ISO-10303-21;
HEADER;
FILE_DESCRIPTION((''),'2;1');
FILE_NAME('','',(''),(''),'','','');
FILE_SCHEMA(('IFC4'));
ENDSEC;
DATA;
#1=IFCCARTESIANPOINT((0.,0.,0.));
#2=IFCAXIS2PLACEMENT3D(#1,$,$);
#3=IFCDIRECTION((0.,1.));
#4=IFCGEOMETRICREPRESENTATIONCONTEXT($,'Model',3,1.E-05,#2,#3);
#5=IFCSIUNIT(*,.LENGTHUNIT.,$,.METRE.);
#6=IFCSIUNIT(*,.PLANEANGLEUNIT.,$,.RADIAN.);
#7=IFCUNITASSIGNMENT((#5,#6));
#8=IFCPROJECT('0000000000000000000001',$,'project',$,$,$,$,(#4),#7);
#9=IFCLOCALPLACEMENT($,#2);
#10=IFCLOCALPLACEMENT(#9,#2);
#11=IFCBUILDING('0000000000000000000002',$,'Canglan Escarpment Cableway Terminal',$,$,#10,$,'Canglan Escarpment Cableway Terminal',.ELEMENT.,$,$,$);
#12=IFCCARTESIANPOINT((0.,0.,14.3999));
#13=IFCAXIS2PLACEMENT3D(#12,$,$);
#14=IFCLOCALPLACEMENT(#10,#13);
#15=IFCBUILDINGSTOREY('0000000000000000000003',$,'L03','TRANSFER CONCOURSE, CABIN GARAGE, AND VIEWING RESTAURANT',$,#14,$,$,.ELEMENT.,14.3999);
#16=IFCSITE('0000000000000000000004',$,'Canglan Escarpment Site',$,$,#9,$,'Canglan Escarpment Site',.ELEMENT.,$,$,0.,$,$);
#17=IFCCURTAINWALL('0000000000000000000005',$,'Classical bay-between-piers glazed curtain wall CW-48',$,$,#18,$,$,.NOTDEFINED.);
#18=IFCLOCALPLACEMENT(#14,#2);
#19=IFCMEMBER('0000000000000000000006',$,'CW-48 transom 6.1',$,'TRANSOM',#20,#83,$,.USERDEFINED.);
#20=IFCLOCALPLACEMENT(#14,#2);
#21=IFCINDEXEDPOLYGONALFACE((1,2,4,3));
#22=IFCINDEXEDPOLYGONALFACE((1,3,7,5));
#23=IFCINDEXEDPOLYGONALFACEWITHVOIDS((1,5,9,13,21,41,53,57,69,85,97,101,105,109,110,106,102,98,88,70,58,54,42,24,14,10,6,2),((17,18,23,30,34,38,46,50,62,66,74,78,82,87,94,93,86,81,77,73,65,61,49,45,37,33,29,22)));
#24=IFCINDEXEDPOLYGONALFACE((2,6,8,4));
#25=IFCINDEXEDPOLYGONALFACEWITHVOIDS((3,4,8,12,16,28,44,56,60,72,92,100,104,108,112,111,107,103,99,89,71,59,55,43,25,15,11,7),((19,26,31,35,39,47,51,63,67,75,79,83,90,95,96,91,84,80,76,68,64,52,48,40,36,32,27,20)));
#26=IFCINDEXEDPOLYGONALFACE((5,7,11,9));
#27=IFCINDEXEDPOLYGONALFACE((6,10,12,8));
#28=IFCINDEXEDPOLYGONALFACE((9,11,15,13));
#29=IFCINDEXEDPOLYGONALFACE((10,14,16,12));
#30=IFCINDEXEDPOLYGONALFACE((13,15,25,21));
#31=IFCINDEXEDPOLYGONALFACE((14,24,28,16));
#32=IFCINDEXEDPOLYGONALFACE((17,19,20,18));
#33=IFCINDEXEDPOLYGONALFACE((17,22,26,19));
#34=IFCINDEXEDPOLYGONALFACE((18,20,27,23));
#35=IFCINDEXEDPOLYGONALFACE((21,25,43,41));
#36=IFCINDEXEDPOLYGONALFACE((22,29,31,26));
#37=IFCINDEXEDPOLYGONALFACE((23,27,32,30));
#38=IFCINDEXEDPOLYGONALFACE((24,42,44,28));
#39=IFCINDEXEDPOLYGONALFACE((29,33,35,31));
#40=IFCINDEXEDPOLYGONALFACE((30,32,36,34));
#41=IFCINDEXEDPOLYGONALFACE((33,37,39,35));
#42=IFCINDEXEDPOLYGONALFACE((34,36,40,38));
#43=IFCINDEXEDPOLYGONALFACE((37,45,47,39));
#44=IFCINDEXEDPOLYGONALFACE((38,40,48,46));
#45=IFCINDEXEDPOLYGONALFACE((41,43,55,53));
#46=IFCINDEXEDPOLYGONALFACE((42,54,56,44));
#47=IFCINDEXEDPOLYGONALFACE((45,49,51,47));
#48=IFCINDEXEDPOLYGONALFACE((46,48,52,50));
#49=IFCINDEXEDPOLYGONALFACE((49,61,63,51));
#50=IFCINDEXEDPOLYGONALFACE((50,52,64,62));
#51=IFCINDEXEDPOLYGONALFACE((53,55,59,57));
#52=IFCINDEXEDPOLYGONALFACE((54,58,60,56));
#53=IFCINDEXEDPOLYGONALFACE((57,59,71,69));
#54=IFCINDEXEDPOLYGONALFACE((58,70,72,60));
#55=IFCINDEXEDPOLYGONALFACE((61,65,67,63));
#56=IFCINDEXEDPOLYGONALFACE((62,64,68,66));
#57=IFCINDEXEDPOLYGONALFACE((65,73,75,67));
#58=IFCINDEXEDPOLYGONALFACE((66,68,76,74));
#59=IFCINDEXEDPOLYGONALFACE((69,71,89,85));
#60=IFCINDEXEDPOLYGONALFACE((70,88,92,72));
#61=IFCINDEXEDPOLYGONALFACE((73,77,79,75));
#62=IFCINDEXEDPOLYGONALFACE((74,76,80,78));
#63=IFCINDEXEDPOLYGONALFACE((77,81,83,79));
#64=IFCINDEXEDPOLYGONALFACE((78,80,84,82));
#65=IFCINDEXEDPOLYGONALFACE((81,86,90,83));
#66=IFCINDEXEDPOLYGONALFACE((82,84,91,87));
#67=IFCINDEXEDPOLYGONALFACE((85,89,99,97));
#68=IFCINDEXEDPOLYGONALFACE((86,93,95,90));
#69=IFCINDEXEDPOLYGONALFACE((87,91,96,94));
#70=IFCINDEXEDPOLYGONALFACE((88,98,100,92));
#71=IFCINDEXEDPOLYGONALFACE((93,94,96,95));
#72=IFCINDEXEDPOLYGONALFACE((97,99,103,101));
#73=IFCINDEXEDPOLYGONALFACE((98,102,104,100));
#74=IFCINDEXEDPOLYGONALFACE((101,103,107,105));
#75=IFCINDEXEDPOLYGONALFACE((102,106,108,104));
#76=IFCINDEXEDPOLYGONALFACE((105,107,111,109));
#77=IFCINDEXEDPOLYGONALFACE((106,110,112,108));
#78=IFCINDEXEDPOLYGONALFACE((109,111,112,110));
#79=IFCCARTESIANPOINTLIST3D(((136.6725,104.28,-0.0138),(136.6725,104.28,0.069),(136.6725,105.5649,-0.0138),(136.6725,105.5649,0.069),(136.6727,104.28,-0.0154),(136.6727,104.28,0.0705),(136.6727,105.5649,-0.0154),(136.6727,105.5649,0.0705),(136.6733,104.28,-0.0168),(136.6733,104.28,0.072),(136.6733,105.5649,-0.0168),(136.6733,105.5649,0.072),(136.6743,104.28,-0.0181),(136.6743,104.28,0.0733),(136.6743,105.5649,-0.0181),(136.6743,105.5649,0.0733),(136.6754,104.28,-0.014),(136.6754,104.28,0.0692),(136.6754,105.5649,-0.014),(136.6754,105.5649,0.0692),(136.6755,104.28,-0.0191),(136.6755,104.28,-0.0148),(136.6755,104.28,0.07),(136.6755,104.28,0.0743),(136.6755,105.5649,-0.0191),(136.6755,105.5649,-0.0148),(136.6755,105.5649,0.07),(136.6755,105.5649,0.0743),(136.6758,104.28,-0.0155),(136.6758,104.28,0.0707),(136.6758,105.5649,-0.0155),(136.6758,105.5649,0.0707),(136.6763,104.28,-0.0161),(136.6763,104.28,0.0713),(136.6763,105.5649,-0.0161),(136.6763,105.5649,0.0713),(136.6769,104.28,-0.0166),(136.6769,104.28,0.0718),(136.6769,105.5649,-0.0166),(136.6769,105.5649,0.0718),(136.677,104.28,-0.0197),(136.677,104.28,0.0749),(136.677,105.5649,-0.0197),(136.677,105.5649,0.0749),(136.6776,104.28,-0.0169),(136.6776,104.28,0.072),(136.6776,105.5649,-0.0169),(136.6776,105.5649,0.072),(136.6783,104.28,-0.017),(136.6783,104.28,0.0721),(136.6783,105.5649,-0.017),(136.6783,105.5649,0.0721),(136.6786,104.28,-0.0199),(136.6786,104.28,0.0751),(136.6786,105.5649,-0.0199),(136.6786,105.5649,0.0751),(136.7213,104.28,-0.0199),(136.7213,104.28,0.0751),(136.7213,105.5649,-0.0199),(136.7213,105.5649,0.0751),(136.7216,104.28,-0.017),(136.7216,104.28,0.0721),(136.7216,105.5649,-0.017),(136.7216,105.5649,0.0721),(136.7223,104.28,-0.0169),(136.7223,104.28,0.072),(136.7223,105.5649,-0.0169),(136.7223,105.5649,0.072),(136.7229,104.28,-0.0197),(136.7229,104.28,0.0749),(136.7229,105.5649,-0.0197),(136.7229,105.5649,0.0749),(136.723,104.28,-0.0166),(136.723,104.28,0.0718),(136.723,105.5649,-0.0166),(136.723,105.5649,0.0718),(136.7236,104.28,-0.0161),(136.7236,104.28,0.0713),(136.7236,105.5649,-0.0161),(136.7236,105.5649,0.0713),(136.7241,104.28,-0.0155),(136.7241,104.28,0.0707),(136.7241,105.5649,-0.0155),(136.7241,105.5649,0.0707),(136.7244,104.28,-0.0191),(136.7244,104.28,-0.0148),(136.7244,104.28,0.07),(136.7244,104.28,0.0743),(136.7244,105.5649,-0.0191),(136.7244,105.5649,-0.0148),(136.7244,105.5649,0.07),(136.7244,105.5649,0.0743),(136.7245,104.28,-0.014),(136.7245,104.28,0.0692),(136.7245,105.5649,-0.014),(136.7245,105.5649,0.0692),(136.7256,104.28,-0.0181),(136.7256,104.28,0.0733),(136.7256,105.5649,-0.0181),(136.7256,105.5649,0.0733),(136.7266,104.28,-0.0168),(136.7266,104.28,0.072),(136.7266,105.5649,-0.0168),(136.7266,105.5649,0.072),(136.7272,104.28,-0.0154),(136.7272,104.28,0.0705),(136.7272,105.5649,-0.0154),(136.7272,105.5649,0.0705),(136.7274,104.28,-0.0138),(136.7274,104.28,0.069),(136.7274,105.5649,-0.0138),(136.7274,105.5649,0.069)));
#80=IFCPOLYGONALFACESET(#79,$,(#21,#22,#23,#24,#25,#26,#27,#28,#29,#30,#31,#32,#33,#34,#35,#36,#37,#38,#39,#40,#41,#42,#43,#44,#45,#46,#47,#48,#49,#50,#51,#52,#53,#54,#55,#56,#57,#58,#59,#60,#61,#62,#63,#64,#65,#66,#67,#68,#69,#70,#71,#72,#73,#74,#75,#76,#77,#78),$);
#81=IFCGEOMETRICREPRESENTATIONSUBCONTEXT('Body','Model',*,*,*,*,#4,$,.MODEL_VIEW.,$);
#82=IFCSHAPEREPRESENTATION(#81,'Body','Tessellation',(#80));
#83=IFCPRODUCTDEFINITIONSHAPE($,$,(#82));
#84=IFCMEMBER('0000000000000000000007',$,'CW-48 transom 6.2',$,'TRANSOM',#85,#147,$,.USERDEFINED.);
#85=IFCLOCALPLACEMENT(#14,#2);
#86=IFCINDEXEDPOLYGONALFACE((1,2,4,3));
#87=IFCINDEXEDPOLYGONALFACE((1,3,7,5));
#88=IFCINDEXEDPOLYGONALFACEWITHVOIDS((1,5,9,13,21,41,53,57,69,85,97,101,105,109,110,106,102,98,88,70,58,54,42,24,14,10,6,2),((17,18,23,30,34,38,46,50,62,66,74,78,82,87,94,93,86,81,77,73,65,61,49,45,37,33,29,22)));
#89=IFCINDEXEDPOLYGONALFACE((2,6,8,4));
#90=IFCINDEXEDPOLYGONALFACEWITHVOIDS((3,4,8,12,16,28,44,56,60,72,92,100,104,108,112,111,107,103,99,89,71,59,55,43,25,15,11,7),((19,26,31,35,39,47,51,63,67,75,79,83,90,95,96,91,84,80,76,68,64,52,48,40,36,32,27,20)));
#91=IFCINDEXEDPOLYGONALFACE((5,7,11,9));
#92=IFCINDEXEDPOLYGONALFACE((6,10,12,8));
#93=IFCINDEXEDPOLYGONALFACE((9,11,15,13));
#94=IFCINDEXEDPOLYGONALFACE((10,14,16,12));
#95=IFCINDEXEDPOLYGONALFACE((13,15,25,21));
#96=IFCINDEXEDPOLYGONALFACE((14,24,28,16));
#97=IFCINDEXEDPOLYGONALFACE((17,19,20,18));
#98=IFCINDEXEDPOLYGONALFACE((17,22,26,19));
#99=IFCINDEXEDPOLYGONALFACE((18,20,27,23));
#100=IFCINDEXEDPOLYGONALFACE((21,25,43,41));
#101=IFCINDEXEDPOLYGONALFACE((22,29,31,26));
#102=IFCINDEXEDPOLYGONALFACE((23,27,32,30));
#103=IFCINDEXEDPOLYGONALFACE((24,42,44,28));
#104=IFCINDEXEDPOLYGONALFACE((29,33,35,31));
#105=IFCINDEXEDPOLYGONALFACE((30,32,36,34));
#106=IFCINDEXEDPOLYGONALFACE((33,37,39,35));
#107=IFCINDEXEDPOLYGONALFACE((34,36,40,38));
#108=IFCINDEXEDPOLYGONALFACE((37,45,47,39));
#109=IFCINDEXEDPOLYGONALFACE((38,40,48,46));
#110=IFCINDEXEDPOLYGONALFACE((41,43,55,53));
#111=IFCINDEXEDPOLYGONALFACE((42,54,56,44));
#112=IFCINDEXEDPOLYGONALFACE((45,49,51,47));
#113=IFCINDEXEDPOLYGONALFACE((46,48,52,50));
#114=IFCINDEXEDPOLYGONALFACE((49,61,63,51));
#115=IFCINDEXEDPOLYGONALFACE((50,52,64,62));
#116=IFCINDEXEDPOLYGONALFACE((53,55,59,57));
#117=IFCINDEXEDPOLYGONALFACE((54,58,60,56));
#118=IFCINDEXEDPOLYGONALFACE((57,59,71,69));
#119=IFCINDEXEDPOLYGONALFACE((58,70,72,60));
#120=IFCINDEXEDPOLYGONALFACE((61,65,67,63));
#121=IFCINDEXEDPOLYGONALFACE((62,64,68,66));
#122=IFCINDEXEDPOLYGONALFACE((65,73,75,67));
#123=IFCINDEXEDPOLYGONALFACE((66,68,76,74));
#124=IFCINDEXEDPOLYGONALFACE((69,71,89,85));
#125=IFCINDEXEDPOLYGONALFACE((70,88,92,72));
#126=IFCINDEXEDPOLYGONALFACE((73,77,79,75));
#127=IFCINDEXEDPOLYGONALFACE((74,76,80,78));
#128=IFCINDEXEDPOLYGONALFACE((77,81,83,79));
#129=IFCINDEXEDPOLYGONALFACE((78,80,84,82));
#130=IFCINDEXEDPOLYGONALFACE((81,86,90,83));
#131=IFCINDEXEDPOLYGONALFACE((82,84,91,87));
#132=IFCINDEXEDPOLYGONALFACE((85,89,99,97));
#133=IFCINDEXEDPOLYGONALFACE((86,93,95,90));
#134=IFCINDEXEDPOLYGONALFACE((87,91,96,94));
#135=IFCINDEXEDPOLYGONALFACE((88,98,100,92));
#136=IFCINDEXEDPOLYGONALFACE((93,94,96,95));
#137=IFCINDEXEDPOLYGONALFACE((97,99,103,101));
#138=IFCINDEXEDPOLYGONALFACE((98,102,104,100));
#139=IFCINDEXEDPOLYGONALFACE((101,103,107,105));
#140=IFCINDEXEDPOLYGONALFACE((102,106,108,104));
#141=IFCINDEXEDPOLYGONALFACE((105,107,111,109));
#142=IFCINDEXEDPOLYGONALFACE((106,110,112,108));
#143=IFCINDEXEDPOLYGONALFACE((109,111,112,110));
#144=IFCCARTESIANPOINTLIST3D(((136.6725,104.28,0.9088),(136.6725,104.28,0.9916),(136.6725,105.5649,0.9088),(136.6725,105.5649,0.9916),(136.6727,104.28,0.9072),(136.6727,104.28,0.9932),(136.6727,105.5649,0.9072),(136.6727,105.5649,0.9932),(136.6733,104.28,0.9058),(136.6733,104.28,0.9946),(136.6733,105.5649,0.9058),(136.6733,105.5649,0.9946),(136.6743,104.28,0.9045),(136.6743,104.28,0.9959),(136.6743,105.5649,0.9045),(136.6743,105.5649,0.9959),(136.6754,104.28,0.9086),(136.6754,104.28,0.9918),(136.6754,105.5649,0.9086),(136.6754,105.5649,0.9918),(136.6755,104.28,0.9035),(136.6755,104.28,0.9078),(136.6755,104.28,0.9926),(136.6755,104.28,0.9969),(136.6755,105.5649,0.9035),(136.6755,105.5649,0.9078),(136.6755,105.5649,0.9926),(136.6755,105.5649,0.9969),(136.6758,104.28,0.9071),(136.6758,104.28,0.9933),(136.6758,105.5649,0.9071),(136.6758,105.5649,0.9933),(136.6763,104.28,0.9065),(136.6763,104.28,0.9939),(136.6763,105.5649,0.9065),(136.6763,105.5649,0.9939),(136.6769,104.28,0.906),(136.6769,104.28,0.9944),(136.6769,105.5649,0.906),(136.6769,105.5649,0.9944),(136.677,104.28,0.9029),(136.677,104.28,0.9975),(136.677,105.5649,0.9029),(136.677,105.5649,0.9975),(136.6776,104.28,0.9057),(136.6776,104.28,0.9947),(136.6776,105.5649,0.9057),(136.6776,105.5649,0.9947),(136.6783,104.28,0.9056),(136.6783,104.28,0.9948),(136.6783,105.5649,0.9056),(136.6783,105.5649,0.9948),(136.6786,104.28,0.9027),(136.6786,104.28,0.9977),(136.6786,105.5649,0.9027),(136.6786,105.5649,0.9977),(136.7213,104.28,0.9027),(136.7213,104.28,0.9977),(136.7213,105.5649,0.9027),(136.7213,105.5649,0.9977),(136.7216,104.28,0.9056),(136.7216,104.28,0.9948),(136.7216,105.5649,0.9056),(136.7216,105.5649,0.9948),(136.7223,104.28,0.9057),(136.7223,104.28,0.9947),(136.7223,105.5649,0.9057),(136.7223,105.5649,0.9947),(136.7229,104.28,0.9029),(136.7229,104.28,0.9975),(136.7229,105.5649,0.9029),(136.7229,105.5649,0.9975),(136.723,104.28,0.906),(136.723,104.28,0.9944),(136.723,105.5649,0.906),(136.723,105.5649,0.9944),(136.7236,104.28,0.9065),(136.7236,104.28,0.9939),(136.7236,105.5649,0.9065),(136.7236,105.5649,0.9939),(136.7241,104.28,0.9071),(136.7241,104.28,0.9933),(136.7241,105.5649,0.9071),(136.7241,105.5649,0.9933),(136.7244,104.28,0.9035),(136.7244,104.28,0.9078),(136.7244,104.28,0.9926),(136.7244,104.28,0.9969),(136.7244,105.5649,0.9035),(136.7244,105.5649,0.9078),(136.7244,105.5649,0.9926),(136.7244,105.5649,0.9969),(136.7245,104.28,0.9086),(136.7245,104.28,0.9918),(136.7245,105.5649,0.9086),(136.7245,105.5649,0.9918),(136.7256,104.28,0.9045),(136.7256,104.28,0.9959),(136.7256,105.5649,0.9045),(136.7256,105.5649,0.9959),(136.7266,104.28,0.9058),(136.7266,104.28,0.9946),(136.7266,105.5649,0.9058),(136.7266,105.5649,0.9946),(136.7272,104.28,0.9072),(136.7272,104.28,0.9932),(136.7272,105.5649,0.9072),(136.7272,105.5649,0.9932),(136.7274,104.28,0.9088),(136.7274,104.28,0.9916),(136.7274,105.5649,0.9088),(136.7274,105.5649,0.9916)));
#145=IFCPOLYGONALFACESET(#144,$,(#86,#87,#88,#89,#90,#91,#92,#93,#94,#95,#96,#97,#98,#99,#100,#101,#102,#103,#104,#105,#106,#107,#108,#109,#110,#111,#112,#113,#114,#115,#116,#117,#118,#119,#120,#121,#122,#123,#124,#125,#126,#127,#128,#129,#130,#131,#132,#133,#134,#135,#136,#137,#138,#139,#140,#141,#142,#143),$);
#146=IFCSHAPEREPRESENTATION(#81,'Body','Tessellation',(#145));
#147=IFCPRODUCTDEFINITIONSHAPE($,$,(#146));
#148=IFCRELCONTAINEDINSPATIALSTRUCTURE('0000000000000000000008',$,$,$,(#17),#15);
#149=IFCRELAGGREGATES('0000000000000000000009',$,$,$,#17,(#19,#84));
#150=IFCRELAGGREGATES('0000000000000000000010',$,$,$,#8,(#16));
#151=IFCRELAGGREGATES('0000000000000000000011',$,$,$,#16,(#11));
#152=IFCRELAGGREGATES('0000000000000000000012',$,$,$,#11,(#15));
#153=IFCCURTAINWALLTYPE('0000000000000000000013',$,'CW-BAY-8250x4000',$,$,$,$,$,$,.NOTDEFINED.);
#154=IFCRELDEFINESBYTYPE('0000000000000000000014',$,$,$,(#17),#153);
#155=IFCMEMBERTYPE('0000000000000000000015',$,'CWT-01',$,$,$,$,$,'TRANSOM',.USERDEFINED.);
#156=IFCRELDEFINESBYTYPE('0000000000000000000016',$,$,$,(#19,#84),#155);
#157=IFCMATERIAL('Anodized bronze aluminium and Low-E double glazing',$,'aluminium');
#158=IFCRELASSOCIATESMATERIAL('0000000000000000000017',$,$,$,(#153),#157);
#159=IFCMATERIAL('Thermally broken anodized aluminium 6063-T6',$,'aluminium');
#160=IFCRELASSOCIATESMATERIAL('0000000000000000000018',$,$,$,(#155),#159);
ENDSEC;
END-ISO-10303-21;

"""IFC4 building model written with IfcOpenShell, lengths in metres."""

from ifc_helpers import new_model, si_unit, direction, frame, origin, origin_2d, place, context, subcontext, project, spatial, hollow_rectangle, extrude, material, material_profile, profile_set, type_object, element, aggregate, save


model = new_model("IFC4")

# Units and contexts
model_context = context("Model", 3, precision=1e-05, world=origin(), true_north=direction((0.0, 1.0)))
body_context = subcontext(model_context, "Body", "Model", "MODEL_VIEW")
ifc_project = project(units=[si_unit("LENGTHUNIT", "METRE"), si_unit("PLANEANGLEUNIT", "RADIAN")], contexts=[model_context])

# Site, building, storey
site_placement = place(None, origin())
site = spatial("IfcSite", under=ifc_project, at=site_placement, Name="Canglan Escarpment Site", LongName="Canglan Escarpment Site", CompositionType="ELEMENT", RefElevation=0.0)
building_placement = place(site_placement, origin())
building = spatial("IfcBuilding", under=site, at=building_placement, Name="Canglan Escarpment Cableway Terminal", LongName="Canglan Escarpment Cableway Terminal", CompositionType="ELEMENT")
storey_placement = place(building_placement, frame((0.0, 0.0, 14.3999)))
storey = spatial("IfcBuildingStorey", under=building, at=storey_placement, Name="L03", Description="TRANSFER CONCOURSE, CABIN GARAGE, AND VIEWING RESTAURANT", CompositionType="ELEMENT", Elevation=14.3999)

# Curtain wall, members
ifc_material_1 = material(Name="Anodized bronze aluminium and Low-E double glazing", Category="aluminium")
curtain_wall_type = type_object("IfcCurtainWallType", Name="CW-BAY-8250x4000", PredefinedType="NOTDEFINED", material=ifc_material_1)
curtain_wall_placement = place(storey_placement, origin())
curtain_wall = element("IfcCurtainWall", 1, at=curtain_wall_placement, inside=storey, type_object=curtain_wall_type, Name="Classical bay-between-piers glazed curtain wall CW-48", PredefinedType="NOTDEFINED")
ifc_material_2 = material(Name="Thermally broken anodized aluminium 6063-T6", Category="aluminium")
ifc_material_profile_1 = material_profile(ifc_material_2, hollow_rectangle(XDim=0.0549, YDim=0.095, WallThickness=0.0029, InnerFilletRadius=0.0029, OuterFilletRadius=0.0061, at=origin_2d()), Name="ALU-TRAN 55x95x3")
ifc_profile_set_1 = profile_set([ifc_material_profile_1], Name="Thermally broken anodized aluminium 6063-T6")
member_type_1 = type_object("IfcMemberType", Name="CWT-01", ElementType="TRANSOM", PredefinedType="USERDEFINED", material=ifc_profile_set_1)
member_1_placement = place(storey_placement, frame((136.7, 104.28, 0.0276), z_axis=(0.0, 1.0, 0.0), x_axis=(-1.0, 0.0, 0.0)))
member_1 = element("IfcMember", 2, at=member_1_placement, type_object=member_type_1, Name="CW-48 transom 6.1", ObjectType="TRANSOM", PredefinedType="USERDEFINED", context=body_context, shape_type="SweptSolid", body=[
    extrude(hollow_rectangle(XDim=0.0549, YDim=0.095, WallThickness=0.0029, InnerFilletRadius=0.0029, OuterFilletRadius=0.0061, at=origin_2d()), origin(), (0.0, 0.0, 1.0), 1.2849),
])
member_2_placement = place(storey_placement, frame((136.7, 104.28, 0.9502), z_axis=(0.0, 1.0, 0.0), x_axis=(-1.0, 0.0, 0.0)))
member_2 = element("IfcMember", 3, at=member_2_placement, type_object=member_type_1, Name="CW-48 transom 6.2", ObjectType="TRANSOM", PredefinedType="USERDEFINED", context=body_context, shape_type="SweptSolid", body=[
    extrude(hollow_rectangle(XDim=0.0549, YDim=0.095, WallThickness=0.0029, InnerFilletRadius=0.0029, OuterFilletRadius=0.0061, at=origin_2d()), origin(), (0.0, 0.0, 1.0), 1.2849),
])
aggregate(curtain_wall, [member_1, member_2])

save(model, "model.ifc")
